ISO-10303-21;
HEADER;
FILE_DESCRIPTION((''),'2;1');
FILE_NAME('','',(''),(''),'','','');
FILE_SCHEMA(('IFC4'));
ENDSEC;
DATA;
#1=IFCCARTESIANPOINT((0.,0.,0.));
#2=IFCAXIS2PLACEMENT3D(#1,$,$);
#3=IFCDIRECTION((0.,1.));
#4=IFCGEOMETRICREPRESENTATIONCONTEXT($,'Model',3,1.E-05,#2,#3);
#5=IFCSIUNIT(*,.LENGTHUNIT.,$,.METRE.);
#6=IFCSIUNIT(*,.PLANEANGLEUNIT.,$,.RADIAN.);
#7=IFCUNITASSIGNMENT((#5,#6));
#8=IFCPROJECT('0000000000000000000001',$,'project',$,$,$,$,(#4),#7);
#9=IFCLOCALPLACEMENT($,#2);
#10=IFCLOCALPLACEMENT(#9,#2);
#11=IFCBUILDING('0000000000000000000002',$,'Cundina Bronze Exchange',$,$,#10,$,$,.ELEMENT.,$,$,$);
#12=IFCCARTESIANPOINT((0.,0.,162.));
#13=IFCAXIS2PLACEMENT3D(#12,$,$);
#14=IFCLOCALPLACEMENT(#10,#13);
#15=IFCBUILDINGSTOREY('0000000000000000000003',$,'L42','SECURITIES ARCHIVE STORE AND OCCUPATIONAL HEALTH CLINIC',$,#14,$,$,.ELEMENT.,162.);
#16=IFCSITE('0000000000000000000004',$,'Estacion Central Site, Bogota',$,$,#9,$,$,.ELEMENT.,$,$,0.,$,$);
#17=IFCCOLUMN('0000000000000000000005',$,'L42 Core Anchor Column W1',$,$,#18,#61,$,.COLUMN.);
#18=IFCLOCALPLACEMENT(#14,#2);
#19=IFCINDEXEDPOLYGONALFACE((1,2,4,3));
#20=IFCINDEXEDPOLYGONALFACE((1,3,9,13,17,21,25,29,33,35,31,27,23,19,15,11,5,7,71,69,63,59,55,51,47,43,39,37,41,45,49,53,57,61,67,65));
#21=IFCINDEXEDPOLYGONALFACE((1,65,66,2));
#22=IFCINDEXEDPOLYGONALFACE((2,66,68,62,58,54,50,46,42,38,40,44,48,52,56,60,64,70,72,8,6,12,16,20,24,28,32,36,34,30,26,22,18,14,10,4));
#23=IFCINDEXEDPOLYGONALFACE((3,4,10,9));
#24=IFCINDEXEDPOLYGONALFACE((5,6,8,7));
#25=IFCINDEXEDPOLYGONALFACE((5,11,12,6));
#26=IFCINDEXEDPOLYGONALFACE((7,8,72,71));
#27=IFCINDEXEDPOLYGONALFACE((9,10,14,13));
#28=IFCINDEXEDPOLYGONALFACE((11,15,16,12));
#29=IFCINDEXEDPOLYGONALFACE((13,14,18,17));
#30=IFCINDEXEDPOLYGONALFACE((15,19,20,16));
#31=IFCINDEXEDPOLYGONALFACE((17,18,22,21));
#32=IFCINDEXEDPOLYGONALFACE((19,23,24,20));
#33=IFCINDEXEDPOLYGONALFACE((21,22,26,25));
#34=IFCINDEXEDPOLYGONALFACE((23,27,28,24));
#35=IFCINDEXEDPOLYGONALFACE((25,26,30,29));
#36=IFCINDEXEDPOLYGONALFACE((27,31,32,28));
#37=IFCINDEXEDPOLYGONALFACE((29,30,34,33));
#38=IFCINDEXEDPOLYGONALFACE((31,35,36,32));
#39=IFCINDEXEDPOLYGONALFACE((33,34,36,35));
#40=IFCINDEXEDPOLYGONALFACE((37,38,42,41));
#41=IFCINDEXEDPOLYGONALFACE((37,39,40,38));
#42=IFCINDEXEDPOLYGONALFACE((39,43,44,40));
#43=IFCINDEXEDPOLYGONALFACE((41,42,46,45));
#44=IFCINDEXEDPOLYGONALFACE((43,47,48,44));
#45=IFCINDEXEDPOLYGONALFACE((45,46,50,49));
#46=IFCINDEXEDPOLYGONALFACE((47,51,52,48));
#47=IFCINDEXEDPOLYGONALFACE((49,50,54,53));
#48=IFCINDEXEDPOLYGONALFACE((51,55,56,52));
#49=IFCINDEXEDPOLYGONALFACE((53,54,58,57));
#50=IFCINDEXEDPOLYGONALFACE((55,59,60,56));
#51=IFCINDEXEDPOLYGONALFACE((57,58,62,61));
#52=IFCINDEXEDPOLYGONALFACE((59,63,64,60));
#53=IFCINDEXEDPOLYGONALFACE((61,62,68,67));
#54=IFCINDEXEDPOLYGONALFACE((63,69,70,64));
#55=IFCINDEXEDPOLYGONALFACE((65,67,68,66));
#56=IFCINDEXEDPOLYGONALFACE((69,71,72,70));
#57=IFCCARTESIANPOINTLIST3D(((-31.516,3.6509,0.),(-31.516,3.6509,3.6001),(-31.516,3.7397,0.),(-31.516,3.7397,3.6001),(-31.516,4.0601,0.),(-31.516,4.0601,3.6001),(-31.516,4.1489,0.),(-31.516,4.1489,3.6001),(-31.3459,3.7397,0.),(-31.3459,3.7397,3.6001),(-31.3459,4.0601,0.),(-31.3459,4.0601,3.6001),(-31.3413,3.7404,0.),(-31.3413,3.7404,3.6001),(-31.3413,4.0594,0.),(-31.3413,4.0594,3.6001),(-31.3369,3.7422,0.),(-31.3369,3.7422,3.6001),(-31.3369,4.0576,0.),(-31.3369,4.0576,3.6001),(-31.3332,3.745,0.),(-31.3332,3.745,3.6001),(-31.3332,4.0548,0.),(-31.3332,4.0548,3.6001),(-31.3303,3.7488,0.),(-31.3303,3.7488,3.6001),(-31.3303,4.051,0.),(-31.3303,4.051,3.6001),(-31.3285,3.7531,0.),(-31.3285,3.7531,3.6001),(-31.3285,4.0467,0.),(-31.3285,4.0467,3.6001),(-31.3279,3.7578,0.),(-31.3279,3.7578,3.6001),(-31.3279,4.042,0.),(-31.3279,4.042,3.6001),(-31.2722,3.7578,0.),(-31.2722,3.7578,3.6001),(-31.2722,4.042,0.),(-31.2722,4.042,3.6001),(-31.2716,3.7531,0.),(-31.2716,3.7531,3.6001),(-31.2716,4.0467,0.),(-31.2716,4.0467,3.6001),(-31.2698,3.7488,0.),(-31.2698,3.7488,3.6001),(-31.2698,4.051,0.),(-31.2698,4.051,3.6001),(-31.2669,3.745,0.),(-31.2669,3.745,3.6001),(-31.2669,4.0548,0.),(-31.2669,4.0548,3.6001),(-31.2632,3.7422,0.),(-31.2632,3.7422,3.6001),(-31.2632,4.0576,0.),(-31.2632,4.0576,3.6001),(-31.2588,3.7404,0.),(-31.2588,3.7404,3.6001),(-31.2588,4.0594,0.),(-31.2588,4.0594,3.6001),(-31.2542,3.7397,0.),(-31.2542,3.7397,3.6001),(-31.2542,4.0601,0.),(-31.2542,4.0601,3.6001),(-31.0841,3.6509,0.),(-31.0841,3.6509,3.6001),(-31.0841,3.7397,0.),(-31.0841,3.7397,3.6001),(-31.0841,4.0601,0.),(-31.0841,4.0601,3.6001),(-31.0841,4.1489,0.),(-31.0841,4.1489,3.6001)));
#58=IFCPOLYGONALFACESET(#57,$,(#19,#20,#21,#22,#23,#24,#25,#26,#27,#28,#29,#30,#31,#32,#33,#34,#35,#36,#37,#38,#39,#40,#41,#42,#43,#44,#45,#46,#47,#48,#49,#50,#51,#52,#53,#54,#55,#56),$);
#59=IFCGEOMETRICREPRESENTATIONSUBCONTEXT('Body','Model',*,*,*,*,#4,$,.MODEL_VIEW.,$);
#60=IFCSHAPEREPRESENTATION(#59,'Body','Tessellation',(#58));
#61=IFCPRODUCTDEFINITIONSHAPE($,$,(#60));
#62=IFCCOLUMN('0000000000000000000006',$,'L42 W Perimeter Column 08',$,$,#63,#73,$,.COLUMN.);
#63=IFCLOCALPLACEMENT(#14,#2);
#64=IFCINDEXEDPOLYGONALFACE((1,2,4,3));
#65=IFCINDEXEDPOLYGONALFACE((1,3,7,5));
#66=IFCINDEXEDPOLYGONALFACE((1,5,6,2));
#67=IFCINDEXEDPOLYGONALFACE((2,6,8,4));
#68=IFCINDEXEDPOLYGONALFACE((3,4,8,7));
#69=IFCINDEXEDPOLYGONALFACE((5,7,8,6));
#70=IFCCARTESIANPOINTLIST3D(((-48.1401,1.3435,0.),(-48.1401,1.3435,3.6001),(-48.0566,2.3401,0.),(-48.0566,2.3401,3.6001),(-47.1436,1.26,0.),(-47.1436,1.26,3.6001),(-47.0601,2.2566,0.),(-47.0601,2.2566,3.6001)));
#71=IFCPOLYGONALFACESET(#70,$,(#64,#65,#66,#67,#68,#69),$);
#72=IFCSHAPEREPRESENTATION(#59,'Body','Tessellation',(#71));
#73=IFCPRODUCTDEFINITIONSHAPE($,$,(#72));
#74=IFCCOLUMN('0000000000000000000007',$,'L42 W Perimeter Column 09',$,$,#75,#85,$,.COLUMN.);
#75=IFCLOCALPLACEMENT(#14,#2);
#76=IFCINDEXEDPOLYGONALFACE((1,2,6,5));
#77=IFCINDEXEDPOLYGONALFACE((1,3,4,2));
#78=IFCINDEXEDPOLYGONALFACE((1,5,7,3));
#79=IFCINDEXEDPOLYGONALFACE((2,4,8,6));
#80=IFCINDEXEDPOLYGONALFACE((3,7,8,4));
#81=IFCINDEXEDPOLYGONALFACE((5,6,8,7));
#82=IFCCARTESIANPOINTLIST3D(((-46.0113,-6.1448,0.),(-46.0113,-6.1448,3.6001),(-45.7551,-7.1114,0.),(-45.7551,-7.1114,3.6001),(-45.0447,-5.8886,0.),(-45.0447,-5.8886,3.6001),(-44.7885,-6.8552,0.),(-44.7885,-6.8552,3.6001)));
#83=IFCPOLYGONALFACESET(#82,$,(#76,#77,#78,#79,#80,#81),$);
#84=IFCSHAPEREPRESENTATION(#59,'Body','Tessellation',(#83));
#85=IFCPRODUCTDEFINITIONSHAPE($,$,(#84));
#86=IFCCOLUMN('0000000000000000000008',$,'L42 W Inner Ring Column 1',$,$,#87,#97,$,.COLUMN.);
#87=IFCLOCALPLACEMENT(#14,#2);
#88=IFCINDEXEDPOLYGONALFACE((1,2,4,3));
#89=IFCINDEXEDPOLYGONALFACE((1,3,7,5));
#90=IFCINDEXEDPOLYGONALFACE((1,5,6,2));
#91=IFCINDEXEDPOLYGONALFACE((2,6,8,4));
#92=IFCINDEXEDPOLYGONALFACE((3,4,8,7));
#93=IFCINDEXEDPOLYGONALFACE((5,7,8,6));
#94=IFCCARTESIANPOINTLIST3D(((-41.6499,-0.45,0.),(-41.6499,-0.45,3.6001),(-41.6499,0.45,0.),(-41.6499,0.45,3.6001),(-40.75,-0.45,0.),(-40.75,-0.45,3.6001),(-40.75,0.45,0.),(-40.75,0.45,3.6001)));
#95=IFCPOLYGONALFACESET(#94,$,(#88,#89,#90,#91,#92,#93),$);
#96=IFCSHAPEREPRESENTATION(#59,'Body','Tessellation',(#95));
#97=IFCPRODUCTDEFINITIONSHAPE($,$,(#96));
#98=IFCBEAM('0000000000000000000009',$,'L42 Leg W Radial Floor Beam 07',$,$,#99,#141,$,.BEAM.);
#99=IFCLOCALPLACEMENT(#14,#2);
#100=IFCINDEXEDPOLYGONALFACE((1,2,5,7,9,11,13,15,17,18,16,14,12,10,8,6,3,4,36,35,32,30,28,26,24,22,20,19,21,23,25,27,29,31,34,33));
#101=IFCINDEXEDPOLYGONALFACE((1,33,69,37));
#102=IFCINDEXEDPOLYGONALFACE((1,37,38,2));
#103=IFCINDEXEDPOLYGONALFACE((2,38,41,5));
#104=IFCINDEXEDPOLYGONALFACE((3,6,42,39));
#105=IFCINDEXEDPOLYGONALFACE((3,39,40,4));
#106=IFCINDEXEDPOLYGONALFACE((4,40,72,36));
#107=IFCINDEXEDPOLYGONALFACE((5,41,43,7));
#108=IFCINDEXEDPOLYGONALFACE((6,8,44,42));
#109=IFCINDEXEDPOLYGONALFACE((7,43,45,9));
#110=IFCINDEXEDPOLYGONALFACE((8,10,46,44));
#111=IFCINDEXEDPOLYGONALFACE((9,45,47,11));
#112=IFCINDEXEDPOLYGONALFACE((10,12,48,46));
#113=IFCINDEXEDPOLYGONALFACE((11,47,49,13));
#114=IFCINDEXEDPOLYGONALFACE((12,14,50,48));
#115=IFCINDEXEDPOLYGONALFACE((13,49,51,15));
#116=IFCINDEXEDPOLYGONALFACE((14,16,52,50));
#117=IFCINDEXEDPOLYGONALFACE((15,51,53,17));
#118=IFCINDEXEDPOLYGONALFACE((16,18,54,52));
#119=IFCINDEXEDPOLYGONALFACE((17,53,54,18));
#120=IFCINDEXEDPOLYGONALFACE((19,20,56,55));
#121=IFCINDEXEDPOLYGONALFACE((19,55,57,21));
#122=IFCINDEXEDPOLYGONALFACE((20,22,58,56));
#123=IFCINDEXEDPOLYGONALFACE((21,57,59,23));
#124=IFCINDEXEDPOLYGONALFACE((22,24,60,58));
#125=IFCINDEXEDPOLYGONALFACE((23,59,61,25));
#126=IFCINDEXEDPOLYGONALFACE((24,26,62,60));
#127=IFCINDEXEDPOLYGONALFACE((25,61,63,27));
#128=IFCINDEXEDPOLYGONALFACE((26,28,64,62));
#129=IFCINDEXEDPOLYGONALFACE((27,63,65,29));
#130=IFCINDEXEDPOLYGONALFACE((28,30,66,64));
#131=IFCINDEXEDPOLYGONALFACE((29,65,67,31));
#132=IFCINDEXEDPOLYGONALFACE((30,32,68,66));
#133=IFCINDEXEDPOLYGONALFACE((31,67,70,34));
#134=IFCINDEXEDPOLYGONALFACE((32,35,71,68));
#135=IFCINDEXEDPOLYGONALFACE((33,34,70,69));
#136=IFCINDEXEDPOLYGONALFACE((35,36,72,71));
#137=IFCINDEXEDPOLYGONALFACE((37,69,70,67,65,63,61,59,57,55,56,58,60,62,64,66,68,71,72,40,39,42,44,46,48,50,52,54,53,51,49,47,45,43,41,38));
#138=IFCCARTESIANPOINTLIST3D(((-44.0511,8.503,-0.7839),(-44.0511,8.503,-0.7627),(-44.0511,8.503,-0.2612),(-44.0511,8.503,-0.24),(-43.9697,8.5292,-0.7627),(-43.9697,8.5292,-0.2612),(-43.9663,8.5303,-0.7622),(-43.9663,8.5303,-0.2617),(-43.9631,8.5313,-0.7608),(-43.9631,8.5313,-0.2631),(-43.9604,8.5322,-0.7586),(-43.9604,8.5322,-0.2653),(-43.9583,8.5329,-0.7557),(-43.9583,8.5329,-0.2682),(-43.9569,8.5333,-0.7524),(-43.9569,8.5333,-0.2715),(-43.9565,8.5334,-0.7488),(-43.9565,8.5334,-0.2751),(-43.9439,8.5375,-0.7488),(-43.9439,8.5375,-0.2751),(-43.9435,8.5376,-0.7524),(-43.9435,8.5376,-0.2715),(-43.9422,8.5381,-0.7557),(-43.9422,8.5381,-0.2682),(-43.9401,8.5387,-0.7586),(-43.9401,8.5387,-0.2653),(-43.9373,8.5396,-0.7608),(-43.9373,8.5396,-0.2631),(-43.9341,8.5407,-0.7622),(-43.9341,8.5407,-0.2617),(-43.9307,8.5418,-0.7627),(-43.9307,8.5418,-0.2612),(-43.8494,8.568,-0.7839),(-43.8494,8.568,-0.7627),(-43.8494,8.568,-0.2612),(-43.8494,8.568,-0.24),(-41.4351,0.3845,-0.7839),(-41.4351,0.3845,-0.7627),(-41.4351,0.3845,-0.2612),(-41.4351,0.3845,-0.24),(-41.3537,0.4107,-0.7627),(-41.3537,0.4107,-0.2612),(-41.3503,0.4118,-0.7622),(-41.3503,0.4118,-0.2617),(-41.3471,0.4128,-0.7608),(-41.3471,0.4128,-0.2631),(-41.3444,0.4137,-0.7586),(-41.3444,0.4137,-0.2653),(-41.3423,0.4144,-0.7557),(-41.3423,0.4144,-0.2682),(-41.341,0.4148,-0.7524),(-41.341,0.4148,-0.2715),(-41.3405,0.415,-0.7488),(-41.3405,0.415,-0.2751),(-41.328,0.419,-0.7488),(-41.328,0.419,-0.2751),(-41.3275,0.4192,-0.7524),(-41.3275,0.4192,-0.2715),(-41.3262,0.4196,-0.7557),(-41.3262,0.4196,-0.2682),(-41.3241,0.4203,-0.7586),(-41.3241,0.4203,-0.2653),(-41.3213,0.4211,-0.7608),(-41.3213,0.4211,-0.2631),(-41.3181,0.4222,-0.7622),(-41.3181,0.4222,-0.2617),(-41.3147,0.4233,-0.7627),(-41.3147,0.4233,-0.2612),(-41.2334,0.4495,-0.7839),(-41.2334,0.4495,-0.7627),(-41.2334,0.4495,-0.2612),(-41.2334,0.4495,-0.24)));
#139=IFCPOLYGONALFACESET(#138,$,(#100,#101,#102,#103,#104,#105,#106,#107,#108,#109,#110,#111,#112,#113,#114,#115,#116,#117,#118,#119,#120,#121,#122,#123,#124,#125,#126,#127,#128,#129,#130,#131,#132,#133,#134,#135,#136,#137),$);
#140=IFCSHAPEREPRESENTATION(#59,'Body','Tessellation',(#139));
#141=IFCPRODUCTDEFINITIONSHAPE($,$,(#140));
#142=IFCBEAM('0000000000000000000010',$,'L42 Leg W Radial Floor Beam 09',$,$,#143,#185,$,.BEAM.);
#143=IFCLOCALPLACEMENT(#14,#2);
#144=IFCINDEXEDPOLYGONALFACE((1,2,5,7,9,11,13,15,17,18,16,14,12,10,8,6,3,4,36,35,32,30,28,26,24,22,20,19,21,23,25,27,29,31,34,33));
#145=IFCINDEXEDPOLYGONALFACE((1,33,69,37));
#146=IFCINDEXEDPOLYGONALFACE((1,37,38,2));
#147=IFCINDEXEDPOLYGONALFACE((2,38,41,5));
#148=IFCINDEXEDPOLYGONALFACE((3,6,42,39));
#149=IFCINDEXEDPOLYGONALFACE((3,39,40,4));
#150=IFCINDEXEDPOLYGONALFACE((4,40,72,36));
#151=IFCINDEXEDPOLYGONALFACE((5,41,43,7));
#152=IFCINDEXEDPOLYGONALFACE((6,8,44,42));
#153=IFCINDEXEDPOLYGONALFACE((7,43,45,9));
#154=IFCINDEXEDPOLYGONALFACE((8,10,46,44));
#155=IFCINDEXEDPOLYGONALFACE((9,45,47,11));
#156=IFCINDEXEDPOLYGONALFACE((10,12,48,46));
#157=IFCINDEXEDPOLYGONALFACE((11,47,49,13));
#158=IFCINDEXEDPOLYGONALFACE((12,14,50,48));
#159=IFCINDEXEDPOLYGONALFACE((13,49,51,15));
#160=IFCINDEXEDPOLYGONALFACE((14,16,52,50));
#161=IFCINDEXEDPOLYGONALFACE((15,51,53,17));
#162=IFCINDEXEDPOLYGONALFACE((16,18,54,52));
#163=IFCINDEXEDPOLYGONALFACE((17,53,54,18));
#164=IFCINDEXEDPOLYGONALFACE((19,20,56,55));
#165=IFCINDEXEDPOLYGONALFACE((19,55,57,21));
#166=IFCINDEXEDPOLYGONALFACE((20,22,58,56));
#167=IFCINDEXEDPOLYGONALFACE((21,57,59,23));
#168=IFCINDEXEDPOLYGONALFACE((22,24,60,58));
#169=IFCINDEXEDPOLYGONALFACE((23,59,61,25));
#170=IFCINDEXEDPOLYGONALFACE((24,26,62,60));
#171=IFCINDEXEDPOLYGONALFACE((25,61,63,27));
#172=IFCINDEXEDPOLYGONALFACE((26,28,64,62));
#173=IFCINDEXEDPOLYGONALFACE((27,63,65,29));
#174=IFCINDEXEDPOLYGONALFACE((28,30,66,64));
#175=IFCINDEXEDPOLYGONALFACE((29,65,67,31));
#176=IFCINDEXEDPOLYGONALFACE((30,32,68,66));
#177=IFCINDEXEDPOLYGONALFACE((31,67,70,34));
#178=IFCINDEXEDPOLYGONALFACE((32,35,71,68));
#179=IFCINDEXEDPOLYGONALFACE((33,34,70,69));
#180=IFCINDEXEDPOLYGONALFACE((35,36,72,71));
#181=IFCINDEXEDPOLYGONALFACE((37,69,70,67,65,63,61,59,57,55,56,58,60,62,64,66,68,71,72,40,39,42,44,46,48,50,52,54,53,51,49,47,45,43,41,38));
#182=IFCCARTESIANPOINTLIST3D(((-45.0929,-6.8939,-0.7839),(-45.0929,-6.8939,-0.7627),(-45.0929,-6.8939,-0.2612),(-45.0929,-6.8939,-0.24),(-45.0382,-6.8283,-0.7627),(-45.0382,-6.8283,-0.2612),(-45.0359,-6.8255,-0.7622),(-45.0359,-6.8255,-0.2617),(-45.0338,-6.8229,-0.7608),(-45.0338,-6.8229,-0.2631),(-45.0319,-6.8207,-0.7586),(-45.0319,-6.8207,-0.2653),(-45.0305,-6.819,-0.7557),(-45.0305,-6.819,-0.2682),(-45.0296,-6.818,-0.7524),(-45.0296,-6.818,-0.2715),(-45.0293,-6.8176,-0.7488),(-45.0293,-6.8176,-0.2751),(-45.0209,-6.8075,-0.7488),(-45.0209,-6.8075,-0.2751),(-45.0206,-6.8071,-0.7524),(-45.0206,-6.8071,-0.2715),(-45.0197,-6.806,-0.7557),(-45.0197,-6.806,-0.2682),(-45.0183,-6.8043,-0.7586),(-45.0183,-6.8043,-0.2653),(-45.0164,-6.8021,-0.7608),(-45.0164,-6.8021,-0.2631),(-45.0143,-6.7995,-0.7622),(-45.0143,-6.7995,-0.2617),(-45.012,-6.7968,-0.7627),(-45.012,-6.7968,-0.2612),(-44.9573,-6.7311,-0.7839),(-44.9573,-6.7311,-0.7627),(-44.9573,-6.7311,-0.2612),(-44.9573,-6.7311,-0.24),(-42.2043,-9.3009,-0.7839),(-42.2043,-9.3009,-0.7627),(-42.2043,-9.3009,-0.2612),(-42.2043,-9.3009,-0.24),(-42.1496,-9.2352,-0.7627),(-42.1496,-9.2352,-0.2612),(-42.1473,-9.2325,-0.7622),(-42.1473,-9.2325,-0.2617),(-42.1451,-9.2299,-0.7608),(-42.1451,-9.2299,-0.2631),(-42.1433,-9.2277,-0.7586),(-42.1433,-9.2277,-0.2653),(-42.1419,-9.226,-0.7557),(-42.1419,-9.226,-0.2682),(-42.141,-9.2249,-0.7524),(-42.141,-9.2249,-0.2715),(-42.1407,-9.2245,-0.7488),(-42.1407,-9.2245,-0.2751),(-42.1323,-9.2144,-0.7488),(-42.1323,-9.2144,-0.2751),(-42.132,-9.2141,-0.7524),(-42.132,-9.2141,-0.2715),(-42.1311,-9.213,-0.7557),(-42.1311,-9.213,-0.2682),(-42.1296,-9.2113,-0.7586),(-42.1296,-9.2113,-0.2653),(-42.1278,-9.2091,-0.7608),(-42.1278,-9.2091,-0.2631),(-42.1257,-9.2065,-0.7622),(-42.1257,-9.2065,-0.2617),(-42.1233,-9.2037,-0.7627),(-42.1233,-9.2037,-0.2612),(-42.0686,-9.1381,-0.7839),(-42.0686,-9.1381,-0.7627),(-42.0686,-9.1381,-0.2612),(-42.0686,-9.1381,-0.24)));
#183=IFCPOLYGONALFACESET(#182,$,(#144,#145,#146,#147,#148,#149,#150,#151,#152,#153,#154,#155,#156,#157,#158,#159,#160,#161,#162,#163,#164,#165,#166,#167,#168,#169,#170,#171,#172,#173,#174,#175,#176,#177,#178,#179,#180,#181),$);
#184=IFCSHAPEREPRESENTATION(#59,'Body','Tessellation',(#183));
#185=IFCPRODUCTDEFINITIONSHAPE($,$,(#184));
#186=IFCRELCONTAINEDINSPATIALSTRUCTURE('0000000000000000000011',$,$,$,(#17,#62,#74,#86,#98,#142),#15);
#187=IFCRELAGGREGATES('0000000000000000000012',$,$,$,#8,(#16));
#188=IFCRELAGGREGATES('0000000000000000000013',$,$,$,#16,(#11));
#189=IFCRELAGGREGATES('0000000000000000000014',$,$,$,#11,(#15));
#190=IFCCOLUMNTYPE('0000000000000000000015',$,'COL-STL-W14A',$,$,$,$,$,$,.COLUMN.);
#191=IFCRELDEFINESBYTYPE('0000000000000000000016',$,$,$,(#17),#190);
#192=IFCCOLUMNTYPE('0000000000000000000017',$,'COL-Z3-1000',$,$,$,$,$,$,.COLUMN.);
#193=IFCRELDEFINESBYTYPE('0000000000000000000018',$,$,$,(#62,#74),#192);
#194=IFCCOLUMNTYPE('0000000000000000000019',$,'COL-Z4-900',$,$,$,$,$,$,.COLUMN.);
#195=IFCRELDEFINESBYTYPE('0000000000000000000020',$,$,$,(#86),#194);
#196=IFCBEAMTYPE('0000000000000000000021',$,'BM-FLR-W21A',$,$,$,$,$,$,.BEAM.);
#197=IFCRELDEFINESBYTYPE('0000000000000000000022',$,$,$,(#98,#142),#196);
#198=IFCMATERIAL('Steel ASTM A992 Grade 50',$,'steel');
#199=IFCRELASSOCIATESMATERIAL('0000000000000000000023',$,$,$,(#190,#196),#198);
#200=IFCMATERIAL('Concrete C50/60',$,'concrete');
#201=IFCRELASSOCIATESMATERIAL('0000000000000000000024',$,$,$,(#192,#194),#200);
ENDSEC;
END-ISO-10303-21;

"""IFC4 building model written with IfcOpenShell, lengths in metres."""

from ifc_helpers import new_model, si_unit, direction, frame, origin, origin_2d, place, context, subcontext, project, spatial, rectangle, i_section, extrude, material, material_profile, profile_set, type_object, element, save


model = new_model("IFC4")

# Units and contexts
model_context = context("Model", 3, precision=1e-05, world=origin(), true_north=direction((0.0, 1.0)))
body_context = subcontext(model_context, "Body", "Model", "MODEL_VIEW")
ifc_project = project(units=[si_unit("LENGTHUNIT", "METRE"), si_unit("PLANEANGLEUNIT", "RADIAN")], contexts=[model_context])

# Site, building, storey
site_placement = place(None, origin())
site = spatial("IfcSite", under=ifc_project, at=site_placement, Name="Estacion Central Site, Bogota", CompositionType="ELEMENT", RefElevation=0.0)
building_placement = place(site_placement, origin())
building = spatial("IfcBuilding", under=site, at=building_placement, Name="Cundina Bronze Exchange", CompositionType="ELEMENT")
storey_placement = place(building_placement, frame((0.0, 0.0, 162.0)))
storey = spatial("IfcBuildingStorey", under=building, at=storey_placement, Name="L42", Description="SECURITIES ARCHIVE STORE AND OCCUPATIONAL HEALTH CLINIC", CompositionType="ELEMENT", Elevation=162.0)

# Columns
ifc_material_1 = material(Name="Steel ASTM A992 Grade 50", Category="steel")
ifc_material_profile_1 = material_profile(ifc_material_1, i_section(OverallWidth=0.4319, OverallDepth=0.498, WebThickness=0.0557, FlangeThickness=0.0889, FilletRadius=0.0181, at=origin_2d()), Name="W14X500", Category="steel")
ifc_profile_set_1 = profile_set([ifc_material_profile_1], Name="Steel ASTM A992 Grade 50")
column_type_1 = type_object("IfcColumnType", Name="COL-STL-W14A", PredefinedType="COLUMN", material=ifc_profile_set_1)
column_1_placement = place(storey_placement, frame((-31.3, 3.8999, 0.0), z_axis=(0.0, 0.0, 1.0), x_axis=(1.0, 0.0, 0.0)))
element("IfcColumn", 1, at=column_1_placement, inside=storey, type_object=column_type_1, Name="L42 Core Anchor Column W1", PredefinedType="COLUMN", context=body_context, shape_type="SweptSolid", body=[
    extrude(i_section(OverallWidth=0.4319, OverallDepth=0.498, WebThickness=0.0557, FlangeThickness=0.0889, FilletRadius=0.0181, at=origin_2d()), origin(), (0.0, 0.0, 1.0), 3.6001),
])
ifc_material_2 = material(Name="Concrete C50/60", Category="concrete")
ifc_material_profile_2 = material_profile(ifc_material_2, rectangle(XDim=1.0, YDim=1.0, at=origin_2d()), Name="RC1000X1000", Category="concrete")
ifc_profile_set_2 = profile_set([ifc_material_profile_2], Name="Concrete C50/60")
column_type_2 = type_object("IfcColumnType", Name="COL-Z3-1000", PredefinedType="COLUMN", material=ifc_profile_set_2)
for number, where, z_axis, x_axis, name in (
    (2, (-47.6001, 1.8, 0.0), (0.0, 0.0, 1.0), (-0.083504, -0.996507, 0.0), "L42 W Perimeter Column 08"),
    (3, (-45.3999, -6.5, 0.0), (0.0, 0.0, 1.0), (0.256289, -0.9666, 0.0), "L42 W Perimeter Column 09"),
):
    element("IfcColumn", number, at=place(storey_placement, frame(where, z_axis=z_axis, x_axis=x_axis)), inside=storey, type_object=column_type_2, Name=name, PredefinedType="COLUMN", context=body_context, shape_type="SweptSolid", body=[
        extrude(rectangle(XDim=1.0, YDim=1.0, at=origin_2d()), origin(), (0.0, 0.0, 1.0), 3.6001),
    ])
ifc_material_profile_3 = material_profile(ifc_material_2, rectangle(XDim=0.8999, YDim=0.8999, at=origin_2d()), Name="RC900X900", Category="concrete")
ifc_profile_set_3 = profile_set([ifc_material_profile_3], Name="Concrete C50/60")
column_type_3 = type_object("IfcColumnType", Name="COL-Z4-900", PredefinedType="COLUMN", material=ifc_profile_set_3)
column_2_placement = place(storey_placement, frame((-41.2, 0.0, 0.0), z_axis=(0.0, 0.0, 1.0), x_axis=(1.0, 0.0, 0.0)))
element("IfcColumn", 4, at=column_2_placement, inside=storey, type_object=column_type_3, Name="L42 W Inner Ring Column 1", PredefinedType="COLUMN", context=body_context, shape_type="SweptSolid", body=[
    extrude(rectangle(XDim=0.8999, YDim=0.8999, at=origin_2d()), origin(), (0.0, 0.0, 1.0), 3.6001),
])

# Beams
ifc_material_profile_4 = material_profile(ifc_material_1, i_section(OverallWidth=0.2119, OverallDepth=0.5439, WebThickness=0.0132, FlangeThickness=0.0212, FilletRadius=0.0139, at=origin_2d()), Name="W21X83", Category="steel")
ifc_profile_set_4 = profile_set([ifc_material_profile_4], Name="Steel ASTM A992 Grade 50")
beam_type_1 = type_object("IfcBeamType", Name="BM-FLR-W21A", PredefinedType="BEAM", material=ifc_profile_set_4)
beam_1_placement = place(storey_placement, frame((-41.3342, 0.417, -0.512), z_axis=(-0.306698, 0.951807, 0.0), x_axis=(-0.951807, -0.306698, 0.0)))
element("IfcBeam", 5, at=beam_1_placement, inside=storey, type_object=beam_type_1, Name="L42 Leg W Radial Floor Beam 07", PredefinedType="BEAM", context=body_context, shape_type="SweptSolid", body=[
    extrude(i_section(OverallWidth=0.2119, OverallDepth=0.5439, WebThickness=0.0132, FlangeThickness=0.0212, FilletRadius=0.0139, at=origin_2d()), origin(), (0.0, 0.0, 1.0), 8.5295),
])
beam_2_placement = place(storey_placement, frame((-42.1365, -9.2195, -0.512), z_axis=(-0.768253, 0.640146, 0.0), x_axis=(-0.640146, -0.768253, 0.0)))
element("IfcBeam", 6, at=beam_2_placement, inside=storey, type_object=beam_type_1, Name="L42 Leg W Radial Floor Beam 09", PredefinedType="BEAM", context=body_context, shape_type="SweptSolid", body=[
    extrude(i_section(OverallWidth=0.2119, OverallDepth=0.5439, WebThickness=0.0132, FlangeThickness=0.0212, FilletRadius=0.0139, at=origin_2d()), origin(), (0.0, 0.0, 1.0), 3.76),
])

save(model, "model.ifc")
